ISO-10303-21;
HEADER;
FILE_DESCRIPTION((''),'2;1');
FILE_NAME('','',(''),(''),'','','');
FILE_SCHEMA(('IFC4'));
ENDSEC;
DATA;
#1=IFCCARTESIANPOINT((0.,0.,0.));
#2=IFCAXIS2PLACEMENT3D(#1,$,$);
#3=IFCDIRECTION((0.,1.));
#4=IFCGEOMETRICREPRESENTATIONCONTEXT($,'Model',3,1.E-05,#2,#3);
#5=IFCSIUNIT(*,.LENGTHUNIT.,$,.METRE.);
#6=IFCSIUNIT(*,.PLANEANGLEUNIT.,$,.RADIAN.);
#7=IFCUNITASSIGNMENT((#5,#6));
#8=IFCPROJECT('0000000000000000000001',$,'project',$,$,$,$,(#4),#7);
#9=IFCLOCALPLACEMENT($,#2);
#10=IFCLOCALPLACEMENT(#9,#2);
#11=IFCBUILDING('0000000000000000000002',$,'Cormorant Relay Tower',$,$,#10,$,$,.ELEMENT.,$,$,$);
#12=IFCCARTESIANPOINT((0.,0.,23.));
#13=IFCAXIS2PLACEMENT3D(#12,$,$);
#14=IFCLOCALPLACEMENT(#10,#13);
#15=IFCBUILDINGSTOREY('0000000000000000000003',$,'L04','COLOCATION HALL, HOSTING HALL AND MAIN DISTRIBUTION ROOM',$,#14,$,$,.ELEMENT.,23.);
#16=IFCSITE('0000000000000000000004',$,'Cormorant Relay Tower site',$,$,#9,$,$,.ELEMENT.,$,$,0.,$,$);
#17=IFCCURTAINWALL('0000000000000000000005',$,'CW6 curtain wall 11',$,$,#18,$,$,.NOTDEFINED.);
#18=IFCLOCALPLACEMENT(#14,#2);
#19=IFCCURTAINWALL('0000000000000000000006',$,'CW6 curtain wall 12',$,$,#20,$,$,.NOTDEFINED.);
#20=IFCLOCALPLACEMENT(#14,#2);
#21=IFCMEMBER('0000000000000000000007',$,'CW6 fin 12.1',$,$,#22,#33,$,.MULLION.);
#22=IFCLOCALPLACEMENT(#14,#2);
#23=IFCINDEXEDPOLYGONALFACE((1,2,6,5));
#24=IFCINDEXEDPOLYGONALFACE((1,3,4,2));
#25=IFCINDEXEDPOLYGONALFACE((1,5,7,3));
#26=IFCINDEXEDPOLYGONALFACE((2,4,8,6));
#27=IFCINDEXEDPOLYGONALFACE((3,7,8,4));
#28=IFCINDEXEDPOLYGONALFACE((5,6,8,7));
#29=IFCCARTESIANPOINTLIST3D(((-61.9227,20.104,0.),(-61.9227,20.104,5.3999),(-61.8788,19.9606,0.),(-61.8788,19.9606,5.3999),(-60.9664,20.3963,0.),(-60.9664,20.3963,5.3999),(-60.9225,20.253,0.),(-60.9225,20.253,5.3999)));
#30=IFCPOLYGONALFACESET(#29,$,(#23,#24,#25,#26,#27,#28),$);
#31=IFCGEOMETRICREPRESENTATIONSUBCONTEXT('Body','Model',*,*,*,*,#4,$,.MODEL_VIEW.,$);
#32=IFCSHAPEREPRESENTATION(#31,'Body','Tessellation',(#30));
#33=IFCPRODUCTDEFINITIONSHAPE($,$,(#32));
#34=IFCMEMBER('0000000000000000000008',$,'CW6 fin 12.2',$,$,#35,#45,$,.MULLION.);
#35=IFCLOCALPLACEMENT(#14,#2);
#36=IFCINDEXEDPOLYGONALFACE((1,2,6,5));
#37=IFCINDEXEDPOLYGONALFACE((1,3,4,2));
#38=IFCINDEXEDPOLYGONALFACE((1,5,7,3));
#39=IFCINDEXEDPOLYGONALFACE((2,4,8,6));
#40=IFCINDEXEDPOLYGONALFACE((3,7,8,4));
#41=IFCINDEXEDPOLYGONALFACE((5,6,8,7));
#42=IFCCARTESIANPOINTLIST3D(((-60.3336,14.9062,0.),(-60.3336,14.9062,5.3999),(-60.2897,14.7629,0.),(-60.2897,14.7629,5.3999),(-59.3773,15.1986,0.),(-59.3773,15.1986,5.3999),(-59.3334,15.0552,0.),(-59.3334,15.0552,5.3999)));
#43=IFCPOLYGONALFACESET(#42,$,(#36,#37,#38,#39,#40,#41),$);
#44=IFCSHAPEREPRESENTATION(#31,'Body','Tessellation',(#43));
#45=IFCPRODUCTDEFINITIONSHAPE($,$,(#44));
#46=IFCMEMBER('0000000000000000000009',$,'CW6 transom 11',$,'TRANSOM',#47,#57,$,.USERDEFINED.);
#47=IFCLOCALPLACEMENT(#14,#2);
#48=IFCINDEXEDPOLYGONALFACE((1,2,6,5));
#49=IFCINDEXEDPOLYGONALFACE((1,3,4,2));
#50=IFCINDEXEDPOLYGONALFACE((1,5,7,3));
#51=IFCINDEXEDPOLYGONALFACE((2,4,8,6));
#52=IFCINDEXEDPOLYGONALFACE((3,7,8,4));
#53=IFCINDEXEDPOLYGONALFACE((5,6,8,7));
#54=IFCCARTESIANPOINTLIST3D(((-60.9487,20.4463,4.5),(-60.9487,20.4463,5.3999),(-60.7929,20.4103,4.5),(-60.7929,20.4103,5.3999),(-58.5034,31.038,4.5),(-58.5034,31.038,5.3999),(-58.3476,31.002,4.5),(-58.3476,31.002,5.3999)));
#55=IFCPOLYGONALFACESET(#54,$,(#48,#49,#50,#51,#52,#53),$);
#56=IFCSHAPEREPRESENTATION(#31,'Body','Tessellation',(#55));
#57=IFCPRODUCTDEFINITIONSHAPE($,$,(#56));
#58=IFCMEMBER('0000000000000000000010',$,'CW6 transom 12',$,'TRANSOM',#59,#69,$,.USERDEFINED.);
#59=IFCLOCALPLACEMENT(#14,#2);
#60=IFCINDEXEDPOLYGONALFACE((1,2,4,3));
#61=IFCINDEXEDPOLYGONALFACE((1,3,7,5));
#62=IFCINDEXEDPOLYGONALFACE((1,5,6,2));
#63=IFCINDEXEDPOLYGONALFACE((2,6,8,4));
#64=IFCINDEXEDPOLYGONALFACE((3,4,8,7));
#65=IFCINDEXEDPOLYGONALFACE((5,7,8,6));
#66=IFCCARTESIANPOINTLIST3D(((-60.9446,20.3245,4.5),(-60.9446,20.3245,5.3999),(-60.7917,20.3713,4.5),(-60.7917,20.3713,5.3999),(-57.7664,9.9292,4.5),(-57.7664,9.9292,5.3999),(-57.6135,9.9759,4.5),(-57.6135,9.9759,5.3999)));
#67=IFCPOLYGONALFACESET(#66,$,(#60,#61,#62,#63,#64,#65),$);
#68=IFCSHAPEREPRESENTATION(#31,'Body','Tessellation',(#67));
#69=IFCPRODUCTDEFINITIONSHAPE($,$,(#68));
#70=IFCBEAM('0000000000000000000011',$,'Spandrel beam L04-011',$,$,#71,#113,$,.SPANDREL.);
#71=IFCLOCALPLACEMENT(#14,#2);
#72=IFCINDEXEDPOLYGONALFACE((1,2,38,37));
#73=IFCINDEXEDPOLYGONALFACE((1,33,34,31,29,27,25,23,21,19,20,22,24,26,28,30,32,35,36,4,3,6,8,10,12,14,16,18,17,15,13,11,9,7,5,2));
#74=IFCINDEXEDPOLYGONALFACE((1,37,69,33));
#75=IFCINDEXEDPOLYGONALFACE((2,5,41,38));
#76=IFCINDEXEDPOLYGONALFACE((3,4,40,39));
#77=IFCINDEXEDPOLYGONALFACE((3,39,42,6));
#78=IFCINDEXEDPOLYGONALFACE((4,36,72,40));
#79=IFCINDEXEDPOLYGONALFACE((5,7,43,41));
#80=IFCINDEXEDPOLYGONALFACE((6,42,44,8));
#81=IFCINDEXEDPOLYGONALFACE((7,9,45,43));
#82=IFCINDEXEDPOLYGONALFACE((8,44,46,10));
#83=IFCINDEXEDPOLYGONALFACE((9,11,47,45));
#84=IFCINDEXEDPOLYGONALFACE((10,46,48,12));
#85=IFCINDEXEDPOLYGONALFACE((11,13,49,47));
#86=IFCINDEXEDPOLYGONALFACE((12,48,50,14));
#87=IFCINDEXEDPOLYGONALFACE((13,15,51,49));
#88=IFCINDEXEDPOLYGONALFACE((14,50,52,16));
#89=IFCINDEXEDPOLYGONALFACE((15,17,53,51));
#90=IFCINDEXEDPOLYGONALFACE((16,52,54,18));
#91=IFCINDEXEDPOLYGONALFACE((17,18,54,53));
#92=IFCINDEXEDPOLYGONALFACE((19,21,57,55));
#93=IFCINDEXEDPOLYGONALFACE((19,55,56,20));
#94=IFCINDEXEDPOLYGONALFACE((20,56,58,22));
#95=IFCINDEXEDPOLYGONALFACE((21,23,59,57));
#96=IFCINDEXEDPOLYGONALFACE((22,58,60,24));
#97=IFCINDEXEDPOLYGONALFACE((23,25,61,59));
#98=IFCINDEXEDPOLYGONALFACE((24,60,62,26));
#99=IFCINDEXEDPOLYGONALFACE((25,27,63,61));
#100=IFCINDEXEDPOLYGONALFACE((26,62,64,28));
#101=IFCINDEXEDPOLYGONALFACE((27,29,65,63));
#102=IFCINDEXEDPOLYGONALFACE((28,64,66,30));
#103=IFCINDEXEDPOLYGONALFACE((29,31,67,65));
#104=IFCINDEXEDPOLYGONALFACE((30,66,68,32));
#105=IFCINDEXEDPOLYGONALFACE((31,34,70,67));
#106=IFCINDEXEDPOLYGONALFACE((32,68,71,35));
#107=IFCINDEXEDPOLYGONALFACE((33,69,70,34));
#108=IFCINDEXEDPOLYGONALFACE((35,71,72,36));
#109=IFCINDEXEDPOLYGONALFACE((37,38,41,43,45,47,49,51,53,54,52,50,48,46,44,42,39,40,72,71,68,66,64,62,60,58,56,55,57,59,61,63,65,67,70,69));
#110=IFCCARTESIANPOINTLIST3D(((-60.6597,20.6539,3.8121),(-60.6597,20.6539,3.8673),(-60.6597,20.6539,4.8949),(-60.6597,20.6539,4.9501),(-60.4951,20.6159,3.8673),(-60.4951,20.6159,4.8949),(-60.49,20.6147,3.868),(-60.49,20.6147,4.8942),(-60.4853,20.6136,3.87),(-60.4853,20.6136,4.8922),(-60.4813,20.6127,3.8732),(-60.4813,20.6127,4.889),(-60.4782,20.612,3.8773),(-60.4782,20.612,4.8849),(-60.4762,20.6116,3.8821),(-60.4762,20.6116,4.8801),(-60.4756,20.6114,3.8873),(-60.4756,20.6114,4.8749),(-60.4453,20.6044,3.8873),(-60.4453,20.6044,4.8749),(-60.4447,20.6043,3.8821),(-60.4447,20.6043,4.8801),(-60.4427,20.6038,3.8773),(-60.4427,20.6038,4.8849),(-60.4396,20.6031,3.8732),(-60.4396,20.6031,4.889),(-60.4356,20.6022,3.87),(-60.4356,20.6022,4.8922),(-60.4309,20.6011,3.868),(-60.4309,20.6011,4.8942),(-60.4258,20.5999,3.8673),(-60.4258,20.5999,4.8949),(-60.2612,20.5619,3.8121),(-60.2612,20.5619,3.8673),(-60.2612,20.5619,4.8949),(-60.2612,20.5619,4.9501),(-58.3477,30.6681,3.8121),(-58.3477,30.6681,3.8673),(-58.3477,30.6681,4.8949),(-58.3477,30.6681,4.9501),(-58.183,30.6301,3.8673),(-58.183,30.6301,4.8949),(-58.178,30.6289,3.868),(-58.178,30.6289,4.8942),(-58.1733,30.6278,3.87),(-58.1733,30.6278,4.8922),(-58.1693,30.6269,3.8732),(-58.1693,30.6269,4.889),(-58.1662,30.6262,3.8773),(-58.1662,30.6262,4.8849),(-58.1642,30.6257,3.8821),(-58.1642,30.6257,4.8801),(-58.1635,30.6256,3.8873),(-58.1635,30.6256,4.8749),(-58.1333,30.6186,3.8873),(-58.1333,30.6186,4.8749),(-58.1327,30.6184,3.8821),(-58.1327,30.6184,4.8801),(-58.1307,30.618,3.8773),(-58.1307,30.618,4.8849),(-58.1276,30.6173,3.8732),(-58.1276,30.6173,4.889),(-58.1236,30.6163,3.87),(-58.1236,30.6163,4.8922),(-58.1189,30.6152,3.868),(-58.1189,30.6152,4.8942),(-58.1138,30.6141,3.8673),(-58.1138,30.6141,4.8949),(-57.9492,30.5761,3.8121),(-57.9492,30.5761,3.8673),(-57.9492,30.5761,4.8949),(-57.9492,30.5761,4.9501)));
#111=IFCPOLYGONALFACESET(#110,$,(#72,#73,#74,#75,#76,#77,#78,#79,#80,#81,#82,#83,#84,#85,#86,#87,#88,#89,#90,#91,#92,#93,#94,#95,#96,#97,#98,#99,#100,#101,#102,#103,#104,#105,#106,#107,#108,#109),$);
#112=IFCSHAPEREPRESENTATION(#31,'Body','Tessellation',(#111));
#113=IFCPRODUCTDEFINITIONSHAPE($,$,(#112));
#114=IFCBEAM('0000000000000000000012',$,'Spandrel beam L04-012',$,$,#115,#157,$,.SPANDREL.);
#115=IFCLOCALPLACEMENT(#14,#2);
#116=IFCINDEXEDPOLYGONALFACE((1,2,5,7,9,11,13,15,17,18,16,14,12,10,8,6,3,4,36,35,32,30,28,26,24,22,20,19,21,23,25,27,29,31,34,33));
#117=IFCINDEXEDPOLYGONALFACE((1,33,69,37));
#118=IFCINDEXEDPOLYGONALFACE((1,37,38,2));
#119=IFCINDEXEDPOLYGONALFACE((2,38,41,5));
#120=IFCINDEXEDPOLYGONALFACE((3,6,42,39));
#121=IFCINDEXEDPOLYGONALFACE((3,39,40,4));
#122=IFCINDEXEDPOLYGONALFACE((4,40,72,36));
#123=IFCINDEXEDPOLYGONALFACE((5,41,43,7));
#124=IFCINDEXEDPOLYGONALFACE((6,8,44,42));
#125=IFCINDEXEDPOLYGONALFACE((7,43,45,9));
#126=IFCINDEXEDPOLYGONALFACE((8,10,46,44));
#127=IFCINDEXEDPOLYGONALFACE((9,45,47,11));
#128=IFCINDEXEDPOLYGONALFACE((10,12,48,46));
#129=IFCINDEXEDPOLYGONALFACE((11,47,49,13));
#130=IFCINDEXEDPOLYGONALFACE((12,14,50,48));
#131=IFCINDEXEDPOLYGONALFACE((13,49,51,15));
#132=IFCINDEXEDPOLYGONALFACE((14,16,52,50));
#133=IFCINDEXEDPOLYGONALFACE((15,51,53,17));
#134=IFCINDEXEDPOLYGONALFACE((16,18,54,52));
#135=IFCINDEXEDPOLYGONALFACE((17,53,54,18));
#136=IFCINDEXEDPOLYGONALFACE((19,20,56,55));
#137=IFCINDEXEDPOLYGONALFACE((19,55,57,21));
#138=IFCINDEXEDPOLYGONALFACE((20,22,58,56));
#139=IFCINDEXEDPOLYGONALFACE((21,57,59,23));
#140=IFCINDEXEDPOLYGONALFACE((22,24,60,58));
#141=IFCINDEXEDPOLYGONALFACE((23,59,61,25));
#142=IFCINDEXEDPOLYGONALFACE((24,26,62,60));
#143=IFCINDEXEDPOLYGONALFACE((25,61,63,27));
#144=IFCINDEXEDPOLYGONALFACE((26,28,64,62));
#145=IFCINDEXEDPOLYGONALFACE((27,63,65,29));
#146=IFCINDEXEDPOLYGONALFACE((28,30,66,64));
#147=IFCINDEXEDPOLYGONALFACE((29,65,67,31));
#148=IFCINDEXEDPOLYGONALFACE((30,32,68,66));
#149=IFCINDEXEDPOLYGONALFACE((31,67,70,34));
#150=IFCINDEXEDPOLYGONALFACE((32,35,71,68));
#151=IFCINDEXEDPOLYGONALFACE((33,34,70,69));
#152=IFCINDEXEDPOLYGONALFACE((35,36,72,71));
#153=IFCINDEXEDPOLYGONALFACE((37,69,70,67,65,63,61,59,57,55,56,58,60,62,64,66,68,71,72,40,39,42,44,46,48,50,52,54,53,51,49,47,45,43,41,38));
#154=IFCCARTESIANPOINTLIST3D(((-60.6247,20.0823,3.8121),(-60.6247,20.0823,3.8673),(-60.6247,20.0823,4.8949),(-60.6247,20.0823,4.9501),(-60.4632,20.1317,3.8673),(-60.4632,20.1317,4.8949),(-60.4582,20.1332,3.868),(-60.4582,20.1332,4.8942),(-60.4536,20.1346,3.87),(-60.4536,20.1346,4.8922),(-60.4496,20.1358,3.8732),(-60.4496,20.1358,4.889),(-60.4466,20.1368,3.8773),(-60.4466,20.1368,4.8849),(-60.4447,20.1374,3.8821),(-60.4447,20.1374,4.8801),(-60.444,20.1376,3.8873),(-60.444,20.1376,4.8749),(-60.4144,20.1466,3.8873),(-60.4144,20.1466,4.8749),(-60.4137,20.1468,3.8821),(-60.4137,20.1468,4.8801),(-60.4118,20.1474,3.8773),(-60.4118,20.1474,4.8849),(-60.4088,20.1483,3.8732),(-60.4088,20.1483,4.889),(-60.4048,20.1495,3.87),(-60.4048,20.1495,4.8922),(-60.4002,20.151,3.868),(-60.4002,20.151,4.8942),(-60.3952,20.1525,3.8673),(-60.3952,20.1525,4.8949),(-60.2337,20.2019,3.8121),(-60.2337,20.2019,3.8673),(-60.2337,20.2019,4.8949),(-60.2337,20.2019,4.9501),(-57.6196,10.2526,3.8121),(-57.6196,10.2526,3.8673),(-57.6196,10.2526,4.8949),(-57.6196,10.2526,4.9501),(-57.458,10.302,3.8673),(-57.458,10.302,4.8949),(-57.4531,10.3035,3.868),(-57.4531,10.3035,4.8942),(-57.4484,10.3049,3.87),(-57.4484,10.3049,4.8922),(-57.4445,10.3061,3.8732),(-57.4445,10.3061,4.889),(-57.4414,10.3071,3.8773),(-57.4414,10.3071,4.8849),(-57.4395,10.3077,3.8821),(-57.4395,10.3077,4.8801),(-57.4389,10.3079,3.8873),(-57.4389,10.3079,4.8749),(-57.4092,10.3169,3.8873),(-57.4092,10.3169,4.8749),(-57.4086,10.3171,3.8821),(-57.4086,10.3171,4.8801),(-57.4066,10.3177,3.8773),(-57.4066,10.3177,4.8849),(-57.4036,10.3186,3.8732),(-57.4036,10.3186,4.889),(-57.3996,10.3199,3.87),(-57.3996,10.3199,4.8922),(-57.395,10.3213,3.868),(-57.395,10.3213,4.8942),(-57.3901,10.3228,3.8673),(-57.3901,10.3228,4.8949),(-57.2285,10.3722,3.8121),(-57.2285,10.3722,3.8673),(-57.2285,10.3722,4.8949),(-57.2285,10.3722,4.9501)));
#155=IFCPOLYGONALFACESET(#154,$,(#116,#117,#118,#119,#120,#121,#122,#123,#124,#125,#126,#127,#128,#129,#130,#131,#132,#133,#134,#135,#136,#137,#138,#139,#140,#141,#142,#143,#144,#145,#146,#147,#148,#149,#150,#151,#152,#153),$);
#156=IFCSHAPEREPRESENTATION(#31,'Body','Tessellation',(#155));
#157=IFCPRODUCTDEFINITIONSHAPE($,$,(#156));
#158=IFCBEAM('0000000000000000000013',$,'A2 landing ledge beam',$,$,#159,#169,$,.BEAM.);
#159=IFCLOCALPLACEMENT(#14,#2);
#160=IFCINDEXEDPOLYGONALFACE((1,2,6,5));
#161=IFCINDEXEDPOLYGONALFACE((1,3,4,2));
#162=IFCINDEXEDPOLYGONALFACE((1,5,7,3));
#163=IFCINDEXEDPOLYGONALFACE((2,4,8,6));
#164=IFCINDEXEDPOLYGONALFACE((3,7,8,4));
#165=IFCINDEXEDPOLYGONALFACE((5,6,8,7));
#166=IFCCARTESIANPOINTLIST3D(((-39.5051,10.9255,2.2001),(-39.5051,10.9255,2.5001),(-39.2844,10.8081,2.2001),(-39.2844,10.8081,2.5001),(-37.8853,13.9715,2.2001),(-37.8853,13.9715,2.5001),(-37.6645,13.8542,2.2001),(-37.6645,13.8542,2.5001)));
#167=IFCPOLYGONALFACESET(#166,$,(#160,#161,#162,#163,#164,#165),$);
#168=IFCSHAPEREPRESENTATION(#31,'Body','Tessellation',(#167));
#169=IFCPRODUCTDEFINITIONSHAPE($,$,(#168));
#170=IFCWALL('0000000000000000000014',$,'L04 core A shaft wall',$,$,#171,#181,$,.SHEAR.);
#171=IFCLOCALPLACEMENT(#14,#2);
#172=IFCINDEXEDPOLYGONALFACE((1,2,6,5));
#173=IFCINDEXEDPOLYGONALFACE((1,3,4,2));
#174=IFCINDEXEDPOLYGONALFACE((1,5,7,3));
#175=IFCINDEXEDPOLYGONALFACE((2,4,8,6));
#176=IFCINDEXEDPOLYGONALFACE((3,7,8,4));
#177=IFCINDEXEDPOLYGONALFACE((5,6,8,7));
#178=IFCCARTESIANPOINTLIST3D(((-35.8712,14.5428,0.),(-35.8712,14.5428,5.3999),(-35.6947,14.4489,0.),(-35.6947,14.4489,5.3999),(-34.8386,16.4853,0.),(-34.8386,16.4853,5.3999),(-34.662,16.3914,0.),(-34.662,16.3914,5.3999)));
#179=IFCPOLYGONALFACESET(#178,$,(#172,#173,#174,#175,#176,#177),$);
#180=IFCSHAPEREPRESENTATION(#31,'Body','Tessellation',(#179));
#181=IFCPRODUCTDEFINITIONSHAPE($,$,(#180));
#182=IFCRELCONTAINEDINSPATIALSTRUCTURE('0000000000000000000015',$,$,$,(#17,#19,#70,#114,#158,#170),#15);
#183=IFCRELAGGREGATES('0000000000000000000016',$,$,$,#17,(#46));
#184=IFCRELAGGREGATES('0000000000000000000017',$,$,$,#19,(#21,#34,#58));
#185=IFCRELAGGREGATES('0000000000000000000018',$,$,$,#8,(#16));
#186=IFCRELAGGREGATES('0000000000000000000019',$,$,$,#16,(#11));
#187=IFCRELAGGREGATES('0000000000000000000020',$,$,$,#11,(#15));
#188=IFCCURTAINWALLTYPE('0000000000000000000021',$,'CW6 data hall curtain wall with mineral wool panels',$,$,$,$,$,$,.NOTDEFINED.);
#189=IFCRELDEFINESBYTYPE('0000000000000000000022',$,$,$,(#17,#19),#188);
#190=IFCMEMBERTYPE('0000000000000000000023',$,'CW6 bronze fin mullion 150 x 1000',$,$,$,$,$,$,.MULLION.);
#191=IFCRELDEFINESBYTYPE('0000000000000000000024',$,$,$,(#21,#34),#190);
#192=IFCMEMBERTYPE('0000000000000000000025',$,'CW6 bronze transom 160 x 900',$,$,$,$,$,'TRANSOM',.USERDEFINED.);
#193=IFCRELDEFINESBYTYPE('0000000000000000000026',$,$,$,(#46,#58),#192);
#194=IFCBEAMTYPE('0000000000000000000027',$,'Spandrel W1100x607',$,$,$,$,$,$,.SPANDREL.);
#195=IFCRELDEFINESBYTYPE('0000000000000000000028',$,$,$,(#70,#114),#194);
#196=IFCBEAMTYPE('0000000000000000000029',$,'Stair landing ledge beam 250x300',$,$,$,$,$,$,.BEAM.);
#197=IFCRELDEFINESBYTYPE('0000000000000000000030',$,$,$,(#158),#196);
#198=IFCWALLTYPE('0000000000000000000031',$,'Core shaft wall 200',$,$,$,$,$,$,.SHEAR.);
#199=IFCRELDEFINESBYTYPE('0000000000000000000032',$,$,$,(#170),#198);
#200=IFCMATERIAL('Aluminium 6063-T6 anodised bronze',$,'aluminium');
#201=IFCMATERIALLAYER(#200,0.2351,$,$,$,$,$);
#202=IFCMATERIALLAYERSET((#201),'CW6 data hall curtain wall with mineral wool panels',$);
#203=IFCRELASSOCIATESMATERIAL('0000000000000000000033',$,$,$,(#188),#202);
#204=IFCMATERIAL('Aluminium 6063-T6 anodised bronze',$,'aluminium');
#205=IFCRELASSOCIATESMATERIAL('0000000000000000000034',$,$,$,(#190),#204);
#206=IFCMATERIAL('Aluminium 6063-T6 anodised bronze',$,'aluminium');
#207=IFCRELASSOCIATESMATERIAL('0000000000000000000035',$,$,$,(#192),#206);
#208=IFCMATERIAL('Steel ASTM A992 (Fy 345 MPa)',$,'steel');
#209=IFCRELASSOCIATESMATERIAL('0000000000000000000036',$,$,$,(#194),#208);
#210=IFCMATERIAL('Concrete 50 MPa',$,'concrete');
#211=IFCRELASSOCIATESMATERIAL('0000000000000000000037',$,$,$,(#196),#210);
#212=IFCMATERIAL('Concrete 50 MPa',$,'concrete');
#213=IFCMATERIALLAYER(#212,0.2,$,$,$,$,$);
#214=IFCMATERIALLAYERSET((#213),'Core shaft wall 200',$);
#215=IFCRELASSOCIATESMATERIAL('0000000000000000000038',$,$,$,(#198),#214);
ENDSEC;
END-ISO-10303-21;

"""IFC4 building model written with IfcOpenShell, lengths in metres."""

from ifc_helpers import new_model, si_unit, direction, frame, frame_2d, origin, origin_2d, place, context, subcontext, project, spatial, rectangle, i_section, extrude, material, layer, layer_set, material_profile, profile_set, type_object, element, aggregate, save


model = new_model("IFC4")

# Units and contexts
model_context = context("Model", 3, precision=1e-05, world=origin(), true_north=direction((0.0, 1.0)))
body_context = subcontext(model_context, "Body", "Model", "MODEL_VIEW")
ifc_project = project(units=[si_unit("LENGTHUNIT", "METRE"), si_unit("PLANEANGLEUNIT", "RADIAN")], contexts=[model_context])

# Site, building, storey
site_placement = place(None, origin())
site = spatial("IfcSite", under=ifc_project, at=site_placement, Name="Cormorant Relay Tower site", CompositionType="ELEMENT", RefElevation=0.0)
building_placement = place(site_placement, origin())
building = spatial("IfcBuilding", under=site, at=building_placement, Name="Cormorant Relay Tower", CompositionType="ELEMENT")
storey_placement = place(building_placement, frame((0.0, 0.0, 23.0)))
storey = spatial("IfcBuildingStorey", under=building, at=storey_placement, Name="L04", Description="COLOCATION HALL, HOSTING HALL AND MAIN DISTRIBUTION ROOM", CompositionType="ELEMENT", Elevation=23.0)

# Curtain wall
ifc_material_1 = material(Name="Aluminium 6063-T6 anodised bronze", Category="aluminium")
ifc_layer_1 = layer(ifc_material_1, 0.2351)
ifc_layer_set_1 = layer_set([ifc_layer_1], Name="CW6 data hall curtain wall with mineral wool panels")
curtain_wall_type = type_object("IfcCurtainWallType", Name="CW6 data hall curtain wall with mineral wool panels", PredefinedType="NOTDEFINED", material=ifc_layer_set_1)
curtain_wall_1_placement = place(storey_placement, origin())
curtain_wall_1 = element("IfcCurtainWall", 1, at=curtain_wall_1_placement, inside=storey, type_object=curtain_wall_type, Name="CW6 curtain wall 11", PredefinedType="NOTDEFINED")
ifc_material_2 = material(Name="Aluminium 6063-T6 anodised bronze", Category="aluminium")
ifc_material_profile_1 = material_profile(ifc_material_2, rectangle(XDim=0.1499, YDim=1.0, at=origin_2d()), Name="AL 150x1000")
ifc_profile_set_1 = profile_set([ifc_material_profile_1], Name="Aluminium 6063-T6 anodised bronze")
member_type_1 = type_object("IfcMemberType", Name="CW6 bronze fin mullion 150 x 1000", PredefinedType="MULLION", material=ifc_profile_set_1)

# Curtain wall, members
curtain_wall_2_placement = place(storey_placement, origin())
curtain_wall_2 = element("IfcCurtainWall", 2, at=curtain_wall_2_placement, inside=storey, type_object=curtain_wall_type, Name="CW6 curtain wall 12", PredefinedType="NOTDEFINED")
member_1_placement = place(storey_placement, frame((-61.4226, 20.1785, 0.0), z_axis=(0.0, 0.0, 1.0), x_axis=(0.292372, -0.956305, 0.0)))
member_1 = element("IfcMember", 3, at=member_1_placement, type_object=member_type_1, Name="CW6 fin 12.1", PredefinedType="MULLION", context=body_context, shape_type="SweptSolid", body=[
    extrude(rectangle(XDim=0.1499, YDim=1.0, at=origin_2d()), origin(), (0.0, 0.0, 1.0), 5.3999),
])
member_2_placement = place(storey_placement, frame((-59.8335, 14.9807, 0.0), z_axis=(0.0, 0.0, 1.0), x_axis=(0.292372, -0.956305, 0.0)))
member_2 = element("IfcMember", 4, at=member_2_placement, type_object=member_type_1, Name="CW6 fin 12.2", PredefinedType="MULLION", context=body_context, shape_type="SweptSolid", body=[
    extrude(rectangle(XDim=0.1499, YDim=1.0, at=origin_2d()), origin(), (0.0, 0.0, 1.0), 5.3999),
])

# Members
ifc_material_3 = material(Name="Aluminium 6063-T6 anodised bronze", Category="aluminium")
ifc_material_profile_2 = material_profile(ifc_material_3, rectangle(XDim=0.1599, YDim=0.8999, at=origin_2d()), Name="AL 160x900")
ifc_profile_set_2 = profile_set([ifc_material_profile_2], Name="Aluminium 6063-T6 anodised bronze")
member_type_2 = type_object("IfcMemberType", Name="CW6 bronze transom 160 x 900", ElementType="TRANSOM", PredefinedType="USERDEFINED", material=ifc_profile_set_2)
member_3_placement = place(storey_placement, frame((-58.4255, 31.02, 4.95), z_axis=(-0.224951, -0.97437, 0.0), x_axis=(0.97437, -0.224951, 0.0)))
member_3 = element("IfcMember", 5, at=member_3_placement, type_object=member_type_2, Name="CW6 transom 11", ObjectType="TRANSOM", PredefinedType="USERDEFINED", context=body_context, shape_type="SweptSolid", body=[
    extrude(rectangle(XDim=0.1599, YDim=0.8999, at=origin_2d()), origin(), (0.0, 0.0, 1.0), 10.8704),
])
member_4_placement = place(storey_placement, frame((-60.8682, 20.3479, 4.95), z_axis=(0.292378, -0.956303, 0.0), x_axis=(0.956303, 0.292378, 0.0)))
member_4 = element("IfcMember", 6, at=member_4_placement, type_object=member_type_2, Name="CW6 transom 12", ObjectType="TRANSOM", PredefinedType="USERDEFINED", context=body_context, shape_type="SweptSolid", body=[
    extrude(rectangle(XDim=0.1599, YDim=0.8999, at=origin_2d()), origin(), (0.0, 0.0, 1.0), 10.8704),
])

# Beams
ifc_material_4 = material(Name="Steel ASTM A992 (Fy 345 MPa)", Category="steel")
ifc_material_profile_3 = material_profile(ifc_material_4, i_section(OverallWidth=0.4089, OverallDepth=1.1379, WebThickness=0.031, FlangeThickness=0.0552, FilletRadius=0.02, at=origin_2d()), Name="W1100x607")
ifc_profile_set_3 = profile_set([ifc_material_profile_3], Name="Steel ASTM A992 (Fy 345 MPa)")
beam_type_1 = type_object("IfcBeamType", Name="Spandrel W1100x607", PredefinedType="SPANDREL", material=ifc_profile_set_3)
beam_1_placement = place(storey_placement, frame((-58.1484, 30.6221, 4.3811), z_axis=(-0.224957, -0.974369, 0.0), x_axis=(0.974369, -0.224957, 0.0)))
element("IfcBeam", 7, at=beam_1_placement, inside=storey, type_object=beam_type_1, Name="Spandrel beam L04-011", PredefinedType="SPANDREL", context=body_context, shape_type="SweptSolid", body=[
    extrude(i_section(OverallWidth=0.4089, OverallDepth=1.1379, WebThickness=0.031, FlangeThickness=0.0552, FilletRadius=0.02, at=origin_2d()), origin(), (0.0, 0.0, 1.0), 10.2776),
])
beam_2_placement = place(storey_placement, frame((-60.4292, 20.1421, 4.3811), z_axis=(0.292365, -0.956307, 0.0), x_axis=(0.956307, 0.292365, 0.0)))
element("IfcBeam", 8, at=beam_2_placement, inside=storey, type_object=beam_type_1, Name="Spandrel beam L04-012", PredefinedType="SPANDREL", context=body_context, shape_type="SweptSolid", body=[
    extrude(i_section(OverallWidth=0.4089, OverallDepth=1.1379, WebThickness=0.031, FlangeThickness=0.0552, FilletRadius=0.02, at=origin_2d()), origin(), (0.0, 0.0, 1.0), 10.2788),
])
ifc_material_5 = material(Name="Concrete 50 MPa", Category="concrete")
ifc_material_profile_4 = material_profile(ifc_material_5, rectangle(XDim=0.25, YDim=0.3, at=origin_2d()), Name="RC 250x300")
ifc_profile_set_4 = profile_set([ifc_material_profile_4], Name="Concrete 50 MPa")
beam_type_2 = type_object("IfcBeamType", Name="Stair landing ledge beam 250x300", PredefinedType="BEAM", material=ifc_profile_set_4)
beam_3_placement = place(storey_placement, frame((-37.7749, 13.9128, 2.3501), z_axis=(-0.469519, -0.882922, 0.0), x_axis=(0.882922, -0.469519, 0.0)))
element("IfcBeam", 9, at=beam_3_placement, inside=storey, type_object=beam_type_2, Name="A2 landing ledge beam", PredefinedType="BEAM", context=body_context, shape_type="SweptSolid", body=[
    extrude(rectangle(XDim=0.25, YDim=0.3, at=origin_2d()), origin(), (0.0, 0.0, 1.0), 3.45),
])

# Wall
ifc_material_6 = material(Name="Concrete 50 MPa", Category="concrete")
ifc_layer_2 = layer(ifc_material_6, 0.2)
ifc_layer_set_2 = layer_set([ifc_layer_2], Name="Core shaft wall 200")
wall_type_1 = type_object("IfcWallType", Name="Core shaft wall 200", PredefinedType="SHEAR", material=ifc_layer_set_2)
wall_1_placement = place(storey_placement, frame((-34.7502, 16.4385, 0.0), z_axis=(0.0, 0.0, 1.0), x_axis=(-0.469401, -0.882985, 0.0)))
element("IfcWall", 10, at=wall_1_placement, inside=storey, type_object=wall_type_1, Name="L04 core A shaft wall", PredefinedType="SHEAR", context=body_context, shape_type="SweptSolid", body=[
    extrude(rectangle(XDim=2.2, YDim=0.2, at=frame_2d((1.1001, 0.0))), origin(), (0.0, 0.0, 1.0), 5.3999),
])

aggregate(curtain_wall_1, [member_3])
aggregate(curtain_wall_2, [member_1, member_2, member_4])

save(model, "model.ifc")
